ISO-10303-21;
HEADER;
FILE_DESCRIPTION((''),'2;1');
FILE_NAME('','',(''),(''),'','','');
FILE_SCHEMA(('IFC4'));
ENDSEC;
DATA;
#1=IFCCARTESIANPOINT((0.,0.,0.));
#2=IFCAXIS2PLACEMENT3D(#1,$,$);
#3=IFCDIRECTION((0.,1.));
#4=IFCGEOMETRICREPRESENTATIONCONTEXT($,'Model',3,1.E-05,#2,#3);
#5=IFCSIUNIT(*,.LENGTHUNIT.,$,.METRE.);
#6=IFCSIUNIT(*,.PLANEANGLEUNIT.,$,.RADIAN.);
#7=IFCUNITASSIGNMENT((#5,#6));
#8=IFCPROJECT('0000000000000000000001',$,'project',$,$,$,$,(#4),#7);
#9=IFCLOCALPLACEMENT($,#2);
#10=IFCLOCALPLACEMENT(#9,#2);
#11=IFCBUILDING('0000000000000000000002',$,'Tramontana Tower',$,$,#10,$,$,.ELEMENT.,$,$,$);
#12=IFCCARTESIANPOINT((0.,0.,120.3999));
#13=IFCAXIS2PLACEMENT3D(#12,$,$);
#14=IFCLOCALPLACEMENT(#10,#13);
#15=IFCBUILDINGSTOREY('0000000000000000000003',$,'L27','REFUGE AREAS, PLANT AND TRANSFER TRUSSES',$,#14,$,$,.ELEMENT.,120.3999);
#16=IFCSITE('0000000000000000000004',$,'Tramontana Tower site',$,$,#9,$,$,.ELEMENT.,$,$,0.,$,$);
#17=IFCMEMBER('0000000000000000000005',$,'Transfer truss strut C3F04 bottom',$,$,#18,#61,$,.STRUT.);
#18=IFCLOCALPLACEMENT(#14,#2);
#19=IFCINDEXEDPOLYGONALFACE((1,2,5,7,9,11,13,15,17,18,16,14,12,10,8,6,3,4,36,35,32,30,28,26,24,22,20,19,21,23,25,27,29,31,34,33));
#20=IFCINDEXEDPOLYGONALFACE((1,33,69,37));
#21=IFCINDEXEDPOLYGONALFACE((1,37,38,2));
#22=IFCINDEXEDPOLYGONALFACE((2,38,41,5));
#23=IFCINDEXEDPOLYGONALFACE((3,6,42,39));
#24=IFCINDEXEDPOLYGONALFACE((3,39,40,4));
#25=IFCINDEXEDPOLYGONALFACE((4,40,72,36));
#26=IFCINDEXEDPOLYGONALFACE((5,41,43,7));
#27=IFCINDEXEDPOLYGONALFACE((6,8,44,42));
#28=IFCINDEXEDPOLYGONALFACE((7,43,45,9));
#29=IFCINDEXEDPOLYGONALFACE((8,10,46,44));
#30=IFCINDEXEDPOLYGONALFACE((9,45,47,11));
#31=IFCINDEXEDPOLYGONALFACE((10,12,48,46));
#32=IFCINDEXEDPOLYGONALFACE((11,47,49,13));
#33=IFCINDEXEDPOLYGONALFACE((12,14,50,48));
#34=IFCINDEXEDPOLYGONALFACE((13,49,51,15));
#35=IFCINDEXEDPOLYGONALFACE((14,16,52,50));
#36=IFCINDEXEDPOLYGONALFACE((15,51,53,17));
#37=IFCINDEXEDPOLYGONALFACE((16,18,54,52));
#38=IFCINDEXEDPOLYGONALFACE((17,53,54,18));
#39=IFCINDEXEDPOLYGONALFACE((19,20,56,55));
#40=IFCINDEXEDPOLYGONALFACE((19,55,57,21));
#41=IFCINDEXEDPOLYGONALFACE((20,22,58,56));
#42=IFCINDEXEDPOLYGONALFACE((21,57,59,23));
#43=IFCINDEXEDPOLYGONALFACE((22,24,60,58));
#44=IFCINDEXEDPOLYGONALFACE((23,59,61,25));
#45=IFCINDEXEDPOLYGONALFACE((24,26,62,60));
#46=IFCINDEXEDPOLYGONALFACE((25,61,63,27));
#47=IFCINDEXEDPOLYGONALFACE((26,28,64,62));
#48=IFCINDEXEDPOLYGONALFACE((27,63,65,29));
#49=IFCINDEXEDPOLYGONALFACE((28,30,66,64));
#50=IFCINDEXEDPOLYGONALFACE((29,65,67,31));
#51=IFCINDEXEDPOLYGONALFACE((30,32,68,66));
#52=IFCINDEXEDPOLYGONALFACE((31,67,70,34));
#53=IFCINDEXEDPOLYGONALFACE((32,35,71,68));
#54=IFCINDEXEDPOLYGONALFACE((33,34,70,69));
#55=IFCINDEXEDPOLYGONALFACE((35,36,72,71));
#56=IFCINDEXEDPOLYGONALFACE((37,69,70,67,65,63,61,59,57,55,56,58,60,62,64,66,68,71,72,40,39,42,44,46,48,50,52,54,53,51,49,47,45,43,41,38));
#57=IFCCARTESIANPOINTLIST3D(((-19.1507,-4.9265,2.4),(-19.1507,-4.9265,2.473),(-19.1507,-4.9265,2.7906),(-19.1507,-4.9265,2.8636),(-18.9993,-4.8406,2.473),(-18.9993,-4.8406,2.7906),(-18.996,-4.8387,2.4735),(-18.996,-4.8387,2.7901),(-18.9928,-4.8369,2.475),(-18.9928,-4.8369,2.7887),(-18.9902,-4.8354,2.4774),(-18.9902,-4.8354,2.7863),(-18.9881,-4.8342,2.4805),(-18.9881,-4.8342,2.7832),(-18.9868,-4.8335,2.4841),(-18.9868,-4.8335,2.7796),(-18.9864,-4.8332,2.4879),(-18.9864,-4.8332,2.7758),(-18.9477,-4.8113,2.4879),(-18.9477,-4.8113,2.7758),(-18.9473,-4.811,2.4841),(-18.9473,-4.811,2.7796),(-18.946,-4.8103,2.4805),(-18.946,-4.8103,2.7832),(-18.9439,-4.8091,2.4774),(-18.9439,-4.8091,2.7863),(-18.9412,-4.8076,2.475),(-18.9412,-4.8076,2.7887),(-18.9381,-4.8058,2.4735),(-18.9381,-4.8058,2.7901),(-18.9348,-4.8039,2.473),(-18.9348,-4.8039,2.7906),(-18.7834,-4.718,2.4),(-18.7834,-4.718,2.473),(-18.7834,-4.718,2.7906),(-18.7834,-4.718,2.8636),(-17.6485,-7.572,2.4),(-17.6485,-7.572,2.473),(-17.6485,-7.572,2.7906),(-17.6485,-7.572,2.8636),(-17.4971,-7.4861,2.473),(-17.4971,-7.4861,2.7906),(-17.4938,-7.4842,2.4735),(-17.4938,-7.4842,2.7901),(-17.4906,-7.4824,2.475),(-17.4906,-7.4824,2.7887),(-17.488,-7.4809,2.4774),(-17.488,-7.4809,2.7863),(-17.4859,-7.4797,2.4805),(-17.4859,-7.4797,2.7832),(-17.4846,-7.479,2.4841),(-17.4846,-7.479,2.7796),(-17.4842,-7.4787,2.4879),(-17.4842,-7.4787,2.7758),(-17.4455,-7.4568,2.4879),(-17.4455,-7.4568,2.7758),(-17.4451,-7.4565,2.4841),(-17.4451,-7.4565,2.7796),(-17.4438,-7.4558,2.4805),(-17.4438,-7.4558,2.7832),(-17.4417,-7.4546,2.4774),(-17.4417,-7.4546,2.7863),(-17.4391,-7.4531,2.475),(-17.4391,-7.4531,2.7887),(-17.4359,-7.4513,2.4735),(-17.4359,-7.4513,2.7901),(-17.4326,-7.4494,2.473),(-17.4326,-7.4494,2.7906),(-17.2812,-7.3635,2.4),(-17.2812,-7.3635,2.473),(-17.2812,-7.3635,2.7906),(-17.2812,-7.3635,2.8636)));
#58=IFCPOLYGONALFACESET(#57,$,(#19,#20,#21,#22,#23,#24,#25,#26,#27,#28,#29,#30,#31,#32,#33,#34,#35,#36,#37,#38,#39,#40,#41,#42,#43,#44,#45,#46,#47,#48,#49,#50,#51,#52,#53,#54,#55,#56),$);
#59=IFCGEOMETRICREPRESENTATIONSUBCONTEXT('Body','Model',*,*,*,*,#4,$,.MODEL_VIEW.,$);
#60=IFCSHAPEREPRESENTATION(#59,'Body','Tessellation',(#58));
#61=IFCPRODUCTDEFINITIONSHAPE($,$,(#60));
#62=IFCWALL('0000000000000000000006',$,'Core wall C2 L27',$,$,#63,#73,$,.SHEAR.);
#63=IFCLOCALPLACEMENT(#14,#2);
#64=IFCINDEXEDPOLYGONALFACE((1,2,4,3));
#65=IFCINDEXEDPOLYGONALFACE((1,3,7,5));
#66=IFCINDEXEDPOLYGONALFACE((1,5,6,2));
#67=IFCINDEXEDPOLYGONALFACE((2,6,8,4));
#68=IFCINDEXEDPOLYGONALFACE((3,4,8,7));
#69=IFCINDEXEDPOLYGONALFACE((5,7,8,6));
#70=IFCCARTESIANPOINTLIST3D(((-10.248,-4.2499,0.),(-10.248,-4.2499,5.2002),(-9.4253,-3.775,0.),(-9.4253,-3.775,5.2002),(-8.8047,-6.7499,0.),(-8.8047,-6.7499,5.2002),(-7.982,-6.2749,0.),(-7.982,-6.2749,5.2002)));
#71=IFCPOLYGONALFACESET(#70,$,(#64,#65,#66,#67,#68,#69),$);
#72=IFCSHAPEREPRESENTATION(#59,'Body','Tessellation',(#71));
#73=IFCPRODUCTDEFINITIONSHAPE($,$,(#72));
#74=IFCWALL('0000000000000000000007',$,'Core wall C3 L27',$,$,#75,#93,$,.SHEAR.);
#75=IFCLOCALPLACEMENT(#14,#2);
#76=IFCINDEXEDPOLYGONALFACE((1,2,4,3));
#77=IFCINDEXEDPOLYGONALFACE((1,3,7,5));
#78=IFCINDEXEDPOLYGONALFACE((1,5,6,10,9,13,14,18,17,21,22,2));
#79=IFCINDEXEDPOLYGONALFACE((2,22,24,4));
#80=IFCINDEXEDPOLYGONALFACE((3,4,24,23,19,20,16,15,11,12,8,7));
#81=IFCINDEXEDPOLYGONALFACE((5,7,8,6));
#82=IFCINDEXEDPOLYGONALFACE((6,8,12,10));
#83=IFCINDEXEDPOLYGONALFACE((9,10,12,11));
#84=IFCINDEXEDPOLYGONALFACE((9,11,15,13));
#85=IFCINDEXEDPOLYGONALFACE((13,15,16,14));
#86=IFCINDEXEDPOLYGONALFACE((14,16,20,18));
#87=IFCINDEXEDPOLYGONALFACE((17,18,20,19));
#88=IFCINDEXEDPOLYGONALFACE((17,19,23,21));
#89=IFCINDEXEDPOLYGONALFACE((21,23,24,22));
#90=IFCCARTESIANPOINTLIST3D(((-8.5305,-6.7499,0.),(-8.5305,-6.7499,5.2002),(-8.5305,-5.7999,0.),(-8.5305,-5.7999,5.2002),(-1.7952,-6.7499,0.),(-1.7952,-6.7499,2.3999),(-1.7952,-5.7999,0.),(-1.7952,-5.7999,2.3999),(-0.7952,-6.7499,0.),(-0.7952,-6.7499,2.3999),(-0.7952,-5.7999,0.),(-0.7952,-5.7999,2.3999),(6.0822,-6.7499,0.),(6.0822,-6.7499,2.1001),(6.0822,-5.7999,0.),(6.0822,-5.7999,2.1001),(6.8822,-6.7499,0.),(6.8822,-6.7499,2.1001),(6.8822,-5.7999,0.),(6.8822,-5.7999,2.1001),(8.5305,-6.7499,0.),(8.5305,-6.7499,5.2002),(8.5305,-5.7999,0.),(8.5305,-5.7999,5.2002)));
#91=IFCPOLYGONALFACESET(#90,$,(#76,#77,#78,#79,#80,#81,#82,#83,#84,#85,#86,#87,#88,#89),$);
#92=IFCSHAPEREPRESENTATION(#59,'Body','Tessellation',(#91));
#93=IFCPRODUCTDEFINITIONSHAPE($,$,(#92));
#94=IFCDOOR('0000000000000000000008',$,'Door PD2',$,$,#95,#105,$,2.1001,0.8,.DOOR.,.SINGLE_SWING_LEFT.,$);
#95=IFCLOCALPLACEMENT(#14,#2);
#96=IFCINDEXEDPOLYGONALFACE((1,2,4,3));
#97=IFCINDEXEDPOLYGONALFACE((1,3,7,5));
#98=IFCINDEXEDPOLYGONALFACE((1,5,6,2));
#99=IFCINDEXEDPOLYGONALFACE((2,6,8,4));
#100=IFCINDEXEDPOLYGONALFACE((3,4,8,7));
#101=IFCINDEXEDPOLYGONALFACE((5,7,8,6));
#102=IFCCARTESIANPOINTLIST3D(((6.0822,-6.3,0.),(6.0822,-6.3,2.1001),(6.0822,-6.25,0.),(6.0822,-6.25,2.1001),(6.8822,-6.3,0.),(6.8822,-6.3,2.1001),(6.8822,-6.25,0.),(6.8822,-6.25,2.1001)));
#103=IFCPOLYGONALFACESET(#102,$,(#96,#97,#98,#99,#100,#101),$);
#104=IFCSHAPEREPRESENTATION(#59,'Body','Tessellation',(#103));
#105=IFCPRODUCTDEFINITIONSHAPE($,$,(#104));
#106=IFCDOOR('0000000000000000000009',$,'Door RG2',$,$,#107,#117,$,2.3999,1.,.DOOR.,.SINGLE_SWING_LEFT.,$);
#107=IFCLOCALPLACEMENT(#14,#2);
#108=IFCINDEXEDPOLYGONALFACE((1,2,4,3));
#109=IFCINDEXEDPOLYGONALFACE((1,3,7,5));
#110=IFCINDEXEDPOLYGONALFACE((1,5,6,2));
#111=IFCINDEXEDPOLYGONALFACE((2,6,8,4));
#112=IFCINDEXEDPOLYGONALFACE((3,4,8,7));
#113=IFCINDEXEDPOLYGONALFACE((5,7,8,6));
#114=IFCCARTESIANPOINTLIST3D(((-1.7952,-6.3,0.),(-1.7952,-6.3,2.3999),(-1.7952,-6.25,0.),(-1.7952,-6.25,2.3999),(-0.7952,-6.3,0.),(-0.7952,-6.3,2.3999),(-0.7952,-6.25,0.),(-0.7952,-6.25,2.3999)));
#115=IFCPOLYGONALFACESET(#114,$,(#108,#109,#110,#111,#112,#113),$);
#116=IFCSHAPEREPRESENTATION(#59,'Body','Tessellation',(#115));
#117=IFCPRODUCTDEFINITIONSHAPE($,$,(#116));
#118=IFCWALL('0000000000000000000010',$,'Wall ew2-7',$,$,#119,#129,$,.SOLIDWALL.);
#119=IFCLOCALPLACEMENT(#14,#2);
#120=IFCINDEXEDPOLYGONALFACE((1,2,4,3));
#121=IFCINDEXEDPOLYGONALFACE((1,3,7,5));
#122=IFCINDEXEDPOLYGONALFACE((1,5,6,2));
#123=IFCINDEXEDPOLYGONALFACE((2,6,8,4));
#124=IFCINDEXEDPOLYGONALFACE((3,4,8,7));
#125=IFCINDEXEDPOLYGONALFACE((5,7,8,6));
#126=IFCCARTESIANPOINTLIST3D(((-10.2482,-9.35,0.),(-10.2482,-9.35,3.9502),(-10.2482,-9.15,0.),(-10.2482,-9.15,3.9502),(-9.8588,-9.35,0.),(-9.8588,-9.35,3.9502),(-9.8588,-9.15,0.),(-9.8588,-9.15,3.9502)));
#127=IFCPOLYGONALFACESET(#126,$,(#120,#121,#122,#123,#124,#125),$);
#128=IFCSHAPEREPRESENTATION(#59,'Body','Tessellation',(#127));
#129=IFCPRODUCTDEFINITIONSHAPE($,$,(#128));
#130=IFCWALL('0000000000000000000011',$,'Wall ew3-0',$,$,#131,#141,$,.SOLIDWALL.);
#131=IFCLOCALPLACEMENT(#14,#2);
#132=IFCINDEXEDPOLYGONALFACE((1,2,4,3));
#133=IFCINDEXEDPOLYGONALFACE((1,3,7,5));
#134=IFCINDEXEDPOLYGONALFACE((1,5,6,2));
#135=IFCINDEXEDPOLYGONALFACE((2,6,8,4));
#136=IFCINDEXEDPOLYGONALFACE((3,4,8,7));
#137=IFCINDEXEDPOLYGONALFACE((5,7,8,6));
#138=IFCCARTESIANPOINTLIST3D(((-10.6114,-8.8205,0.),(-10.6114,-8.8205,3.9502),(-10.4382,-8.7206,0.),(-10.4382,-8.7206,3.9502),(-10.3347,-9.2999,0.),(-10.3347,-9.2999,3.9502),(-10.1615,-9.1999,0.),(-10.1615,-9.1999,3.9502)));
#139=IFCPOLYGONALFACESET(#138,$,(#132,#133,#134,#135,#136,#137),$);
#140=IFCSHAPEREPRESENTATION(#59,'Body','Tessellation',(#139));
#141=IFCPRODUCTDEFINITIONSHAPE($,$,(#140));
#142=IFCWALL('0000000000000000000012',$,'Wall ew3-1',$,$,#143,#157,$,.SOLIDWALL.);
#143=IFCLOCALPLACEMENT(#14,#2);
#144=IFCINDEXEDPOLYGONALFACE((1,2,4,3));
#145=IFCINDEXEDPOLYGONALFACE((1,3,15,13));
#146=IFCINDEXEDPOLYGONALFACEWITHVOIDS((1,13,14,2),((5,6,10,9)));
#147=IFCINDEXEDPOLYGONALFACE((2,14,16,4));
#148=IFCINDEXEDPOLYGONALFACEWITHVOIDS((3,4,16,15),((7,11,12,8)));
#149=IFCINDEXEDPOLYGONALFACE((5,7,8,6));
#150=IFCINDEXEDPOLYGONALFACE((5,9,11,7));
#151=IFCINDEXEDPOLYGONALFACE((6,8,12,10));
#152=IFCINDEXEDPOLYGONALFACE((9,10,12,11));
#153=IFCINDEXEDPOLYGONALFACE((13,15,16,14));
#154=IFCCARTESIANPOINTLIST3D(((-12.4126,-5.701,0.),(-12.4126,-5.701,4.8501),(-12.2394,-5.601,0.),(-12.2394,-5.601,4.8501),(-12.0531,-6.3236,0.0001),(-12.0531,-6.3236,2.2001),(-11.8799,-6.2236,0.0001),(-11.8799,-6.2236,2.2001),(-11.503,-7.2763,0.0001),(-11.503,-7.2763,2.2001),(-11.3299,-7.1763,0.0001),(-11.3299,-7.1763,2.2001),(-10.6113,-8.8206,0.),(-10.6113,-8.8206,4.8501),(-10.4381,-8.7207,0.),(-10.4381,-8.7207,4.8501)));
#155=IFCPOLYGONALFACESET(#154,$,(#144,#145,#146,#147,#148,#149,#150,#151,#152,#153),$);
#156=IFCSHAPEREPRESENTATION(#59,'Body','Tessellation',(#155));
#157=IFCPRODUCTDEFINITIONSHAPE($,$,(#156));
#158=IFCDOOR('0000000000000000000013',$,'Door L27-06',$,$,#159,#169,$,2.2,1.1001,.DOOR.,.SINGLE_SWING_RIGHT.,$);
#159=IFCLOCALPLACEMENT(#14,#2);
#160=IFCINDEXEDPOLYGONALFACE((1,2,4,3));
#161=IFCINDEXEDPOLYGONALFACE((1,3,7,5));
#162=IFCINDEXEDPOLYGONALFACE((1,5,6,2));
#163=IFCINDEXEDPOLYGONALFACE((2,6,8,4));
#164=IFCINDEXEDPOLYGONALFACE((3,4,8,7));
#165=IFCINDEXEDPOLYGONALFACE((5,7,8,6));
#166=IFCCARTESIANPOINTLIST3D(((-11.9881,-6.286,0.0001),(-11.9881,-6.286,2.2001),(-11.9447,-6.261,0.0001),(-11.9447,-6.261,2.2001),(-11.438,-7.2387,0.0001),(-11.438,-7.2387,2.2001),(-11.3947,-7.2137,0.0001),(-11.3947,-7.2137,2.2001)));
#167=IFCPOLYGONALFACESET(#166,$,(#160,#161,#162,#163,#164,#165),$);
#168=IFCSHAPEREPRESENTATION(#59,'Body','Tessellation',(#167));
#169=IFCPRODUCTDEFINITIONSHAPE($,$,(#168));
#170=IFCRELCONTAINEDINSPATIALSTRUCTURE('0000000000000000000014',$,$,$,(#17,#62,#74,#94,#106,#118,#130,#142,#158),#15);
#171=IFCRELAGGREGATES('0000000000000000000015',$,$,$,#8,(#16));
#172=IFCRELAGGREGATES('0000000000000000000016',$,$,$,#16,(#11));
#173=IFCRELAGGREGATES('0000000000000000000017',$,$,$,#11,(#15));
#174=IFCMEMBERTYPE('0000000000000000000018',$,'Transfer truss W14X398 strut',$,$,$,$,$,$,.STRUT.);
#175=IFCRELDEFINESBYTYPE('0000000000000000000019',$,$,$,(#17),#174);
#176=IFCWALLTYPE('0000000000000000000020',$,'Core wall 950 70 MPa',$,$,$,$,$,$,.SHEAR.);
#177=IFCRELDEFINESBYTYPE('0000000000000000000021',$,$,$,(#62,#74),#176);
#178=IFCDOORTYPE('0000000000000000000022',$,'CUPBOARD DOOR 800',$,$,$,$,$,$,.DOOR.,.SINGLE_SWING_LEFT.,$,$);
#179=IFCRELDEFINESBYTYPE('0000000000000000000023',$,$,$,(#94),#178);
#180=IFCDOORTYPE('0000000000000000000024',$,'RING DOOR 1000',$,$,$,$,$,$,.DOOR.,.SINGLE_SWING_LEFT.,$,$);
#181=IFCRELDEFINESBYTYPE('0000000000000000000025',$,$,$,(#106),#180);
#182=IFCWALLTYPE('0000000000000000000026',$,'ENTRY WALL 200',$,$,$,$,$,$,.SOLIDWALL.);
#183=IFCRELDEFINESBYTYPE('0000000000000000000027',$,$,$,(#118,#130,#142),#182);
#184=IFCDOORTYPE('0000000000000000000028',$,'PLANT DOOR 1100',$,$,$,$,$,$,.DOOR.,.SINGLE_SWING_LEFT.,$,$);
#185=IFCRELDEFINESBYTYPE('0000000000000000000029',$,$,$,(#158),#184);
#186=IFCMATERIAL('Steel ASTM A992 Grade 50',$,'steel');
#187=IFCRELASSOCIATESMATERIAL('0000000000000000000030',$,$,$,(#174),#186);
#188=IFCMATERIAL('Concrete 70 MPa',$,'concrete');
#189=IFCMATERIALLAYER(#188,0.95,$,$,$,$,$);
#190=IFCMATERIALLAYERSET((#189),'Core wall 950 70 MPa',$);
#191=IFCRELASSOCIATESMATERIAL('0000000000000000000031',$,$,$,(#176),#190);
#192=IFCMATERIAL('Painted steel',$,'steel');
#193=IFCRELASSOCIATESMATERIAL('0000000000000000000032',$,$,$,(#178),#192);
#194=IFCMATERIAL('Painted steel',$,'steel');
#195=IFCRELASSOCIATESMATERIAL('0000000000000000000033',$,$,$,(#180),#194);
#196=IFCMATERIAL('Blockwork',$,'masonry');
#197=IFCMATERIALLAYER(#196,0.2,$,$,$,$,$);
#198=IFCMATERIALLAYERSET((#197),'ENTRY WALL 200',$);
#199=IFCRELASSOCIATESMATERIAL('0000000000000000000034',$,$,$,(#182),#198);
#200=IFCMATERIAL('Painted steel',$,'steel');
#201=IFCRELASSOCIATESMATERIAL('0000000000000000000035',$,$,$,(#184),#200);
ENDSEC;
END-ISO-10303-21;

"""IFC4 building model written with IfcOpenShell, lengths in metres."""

from ifc_helpers import new_model, si_unit, direction, frame, frame_2d, origin, origin_2d, place, context, subcontext, project, spatial, rectangle, i_section, extrude, material, layer, layer_set, material_profile, profile_set, type_object, element, fill, save


model = new_model("IFC4")

# Units and contexts
model_context = context("Model", 3, precision=1e-05, world=origin(), true_north=direction((0.0, 1.0)))
body_context = subcontext(model_context, "Body", "Model", "MODEL_VIEW")
ifc_project = project(units=[si_unit("LENGTHUNIT", "METRE"), si_unit("PLANEANGLEUNIT", "RADIAN")], contexts=[model_context])

# Site, building, storey
site_placement = place(None, origin())
site = spatial("IfcSite", under=ifc_project, at=site_placement, Name="Tramontana Tower site", CompositionType="ELEMENT", RefElevation=0.0)
building_placement = place(site_placement, origin())
building = spatial("IfcBuilding", under=site, at=building_placement, Name="Tramontana Tower", CompositionType="ELEMENT")
storey_placement = place(building_placement, frame((0.0, 0.0, 120.3999)))
storey = spatial("IfcBuildingStorey", under=building, at=storey_placement, Name="L27", Description="REFUGE AREAS, PLANT AND TRANSFER TRUSSES", CompositionType="ELEMENT", Elevation=120.3999)

# Member
ifc_material_1 = material(Name="Steel ASTM A992 Grade 50", Category="steel")
ifc_material_profile_1 = material_profile(ifc_material_1, i_section(OverallWidth=0.4224, OverallDepth=0.4636, WebThickness=0.0444, FlangeThickness=0.073, FilletRadius=0.0149, at=origin_2d()), Name="W14X398")
ifc_profile_set_1 = profile_set([ifc_material_profile_1], Name="Steel ASTM A992 Grade 50")
member_type_1 = type_object("IfcMemberType", Name="Transfer truss W14X398 strut", PredefinedType="STRUT", material=ifc_profile_set_1)
member_1_placement = place(storey_placement, frame((-18.967, -4.8223, 2.6318), z_axis=(0.493778, -0.869588, 0.0), x_axis=(0.869588, 0.493778, 0.0)))
element("IfcMember", 1, at=member_1_placement, inside=storey, type_object=member_type_1, Name="Transfer truss strut C3F04 bottom", PredefinedType="STRUT", context=body_context, shape_type="SweptSolid", body=[
    extrude(i_section(OverallWidth=0.4224, OverallDepth=0.4636, WebThickness=0.0444, FlangeThickness=0.073, FilletRadius=0.0149, at=origin_2d()), origin(), (0.0, 0.0, 1.0), 3.0422),
])

# Wall
ifc_material_2 = material(Name="Concrete 70 MPa", Category="concrete")
ifc_layer_1 = layer(ifc_material_2, 0.95)
ifc_layer_set_1 = layer_set([ifc_layer_1], Name="Core wall 950 70 MPa")
wall_type_1 = type_object("IfcWallType", Name="Core wall 950 70 MPa", PredefinedType="SHEAR", material=ifc_layer_set_1)
wall_1_placement = place(storey_placement, frame((-9.8367, -4.0125, 0.0), z_axis=(0.0, 0.0, 1.0), x_axis=(0.499996, -0.866028, 0.0)))
element("IfcWall", 2, at=wall_1_placement, inside=storey, type_object=wall_type_1, Name="Core wall C2 L27", PredefinedType="SHEAR", context=body_context, shape_type="SweptSolid", body=[
    extrude(rectangle(XDim=2.8867, YDim=0.95, at=frame_2d((1.4434, 0.0))), origin(), (0.0, 0.0, 1.0), 5.2002),
])

# Wall, openings, doors
wall_2_placement = place(storey_placement, frame((-8.5305, -6.2749, 0.0), z_axis=(0.0, 0.0, 1.0), x_axis=(1.0, 0.0, 0.0)))
wall_2 = element("IfcWall", 3, at=wall_2_placement, inside=storey, type_object=wall_type_1, Name="Core wall C3 L27", PredefinedType="SHEAR", context=body_context, shape_type="SweptSolid", body=[
    extrude(rectangle(XDim=17.061, YDim=0.95, at=frame_2d((8.5305, 0.0))), origin(), (0.0, 0.0, 1.0), 5.2002),
])
opening_1_placement = place(wall_2_placement, frame((6.7354, 0.0, 0.0)))
opening_1 = element("IfcOpeningElement", 4, at=opening_1_placement, cuts=wall_2, PredefinedType="OPENING", context=body_context, shape_type="SweptSolid", body=[
    extrude(rectangle(XDim=1.0, YDim=2.3999, at=frame_2d((0.5, 1.2))), frame((0.0, 0.4849, 0.0), z_axis=(0.0, -1.0, 0.0), x_axis=(1.0, 0.0, 0.0)), (0.0, 0.0, 1.0), 0.97),
])
opening_2_placement = place(wall_2_placement, frame((14.6128, 0.0, 0.0)))
opening_2 = element("IfcOpeningElement", 5, at=opening_2_placement, cuts=wall_2, PredefinedType="OPENING", context=body_context, shape_type="SweptSolid", body=[
    extrude(rectangle(XDim=0.8, YDim=2.1001, at=frame_2d((0.3999, 1.05))), frame((0.0, 0.4849, 0.0), z_axis=(0.0, -1.0, 0.0), x_axis=(1.0, 0.0, 0.0)), (0.0, 0.0, 1.0), 0.97),
])
ifc_material_3 = material(Name="Painted steel", Category="steel")
door_type_1 = type_object("IfcDoorType", Name="CUPBOARD DOOR 800", OperationType="SINGLE_SWING_LEFT", PredefinedType="DOOR", material=ifc_material_3)
door_1_placement = place(opening_2_placement, origin())
door_1 = element("IfcDoor", 6, at=door_1_placement, inside=storey, type_object=door_type_1, Name="Door PD2", OperationType="SINGLE_SWING_LEFT", OverallHeight=2.1001, OverallWidth=0.8, PredefinedType="DOOR", context=body_context, shape_type="SweptSolid", body=[
    extrude(rectangle(XDim=0.8, YDim=2.1001, at=frame_2d((0.3999, 1.05))), frame((0.0, 0.0249, 0.0), z_axis=(0.0, -1.0, 0.0), x_axis=(1.0, 0.0, 0.0)), (0.0, 0.0, 1.0), 0.05),
])
fill(opening_2, door_1)
ifc_material_4 = material(Name="Painted steel", Category="steel")
door_type_2 = type_object("IfcDoorType", Name="RING DOOR 1000", OperationType="SINGLE_SWING_LEFT", PredefinedType="DOOR", material=ifc_material_4)
door_2_placement = place(opening_1_placement, origin())
door_2 = element("IfcDoor", 7, at=door_2_placement, inside=storey, type_object=door_type_2, Name="Door RG2", OperationType="SINGLE_SWING_LEFT", OverallHeight=2.3999, OverallWidth=1.0, PredefinedType="DOOR", context=body_context, shape_type="SweptSolid", body=[
    extrude(rectangle(XDim=1.0, YDim=2.3999, at=frame_2d((0.5, 1.2))), frame((0.0, 0.0249, 0.0), z_axis=(0.0, -1.0, 0.0), x_axis=(1.0, 0.0, 0.0)), (0.0, 0.0, 1.0), 0.05),
])
fill(opening_1, door_2)

# Walls
ifc_material_5 = material(Name="Blockwork", Category="masonry")
ifc_layer_2 = layer(ifc_material_5, 0.2)
ifc_layer_set_2 = layer_set([ifc_layer_2], Name="ENTRY WALL 200")
wall_type_2 = type_object("IfcWallType", Name="ENTRY WALL 200", PredefinedType="SOLIDWALL", material=ifc_layer_set_2)
wall_3_placement = place(storey_placement, frame((-9.8586, -9.25, 0.0), z_axis=(0.0, 0.0, 1.0), x_axis=(-1.0, 0.0, 0.0)))
element("IfcWall", 8, at=wall_3_placement, inside=storey, type_object=wall_type_2, Name="Wall ew2-7", PredefinedType="SOLIDWALL", context=body_context, shape_type="SweptSolid", body=[
    extrude(rectangle(XDim=0.3894, YDim=0.2, at=frame_2d((0.1948, 0.0))), origin(), (0.0, 0.0, 1.0), 3.9502),
])
wall_4_placement = place(storey_placement, frame((-10.248, -9.25, 0.0), z_axis=(0.0, 0.0, 1.0), x_axis=(-0.499888, 0.86609, 0.0)))
element("IfcWall", 9, at=wall_4_placement, inside=storey, type_object=wall_type_2, Name="Wall ew3-0", PredefinedType="SOLIDWALL", context=body_context, shape_type="SweptSolid", body=[
    extrude(rectangle(XDim=0.5535, YDim=0.2, at=frame_2d((0.2769, 0.0))), origin(), (0.0, 0.0, 1.0), 3.9502),
])

# Wall, opening, door
wall_5_placement = place(storey_placement, frame((-10.5247, -8.7708, 0.0), z_axis=(0.0, 0.0, 1.0), x_axis=(-0.500031, 0.866007, 0.0)))
wall_5 = element("IfcWall", 10, at=wall_5_placement, inside=storey, type_object=wall_type_2, Name="Wall ew3-1", PredefinedType="SOLIDWALL", context=body_context, shape_type="SweptSolid", body=[
    extrude(rectangle(XDim=3.6023, YDim=0.2, at=frame_2d((1.8013, 0.0))), origin(), (0.0, 0.0, 1.0), 4.8501),
])
opening_3_placement = place(wall_5_placement, frame((1.7834, 0.0, 0.0)))
opening_3 = element("IfcOpeningElement", 11, at=opening_3_placement, cuts=wall_5, PredefinedType="OPENING", context=body_context, shape_type="SweptSolid", body=[
    extrude(rectangle(XDim=1.1001, YDim=2.2, at=frame_2d((0.55, 1.1001))), frame((0.0, 0.1099, 0.0), z_axis=(0.0, -1.0, 0.0), x_axis=(1.0, 0.0, 0.0)), (0.0, 0.0, 1.0), 0.22),
])
ifc_material_6 = material(Name="Painted steel", Category="steel")
door_type_3 = type_object("IfcDoorType", Name="PLANT DOOR 1100", OperationType="SINGLE_SWING_LEFT", PredefinedType="DOOR", material=ifc_material_6)
door_3_placement = place(opening_3_placement, origin())
door_3 = element("IfcDoor", 12, at=door_3_placement, inside=storey, type_object=door_type_3, Name="Door L27-06", OperationType="SINGLE_SWING_RIGHT", OverallHeight=2.2, OverallWidth=1.1001, PredefinedType="DOOR", context=body_context, shape_type="SweptSolid", body=[
    extrude(rectangle(XDim=1.1001, YDim=2.2, at=frame_2d((0.55, 1.1001))), frame((0.0, 0.0249, 0.0), z_axis=(0.0, -1.0, 0.0), x_axis=(1.0, 0.0, 0.0)), (0.0, 0.0, 1.0), 0.05),
])
fill(opening_3, door_3)

save(model, "model.ifc")
